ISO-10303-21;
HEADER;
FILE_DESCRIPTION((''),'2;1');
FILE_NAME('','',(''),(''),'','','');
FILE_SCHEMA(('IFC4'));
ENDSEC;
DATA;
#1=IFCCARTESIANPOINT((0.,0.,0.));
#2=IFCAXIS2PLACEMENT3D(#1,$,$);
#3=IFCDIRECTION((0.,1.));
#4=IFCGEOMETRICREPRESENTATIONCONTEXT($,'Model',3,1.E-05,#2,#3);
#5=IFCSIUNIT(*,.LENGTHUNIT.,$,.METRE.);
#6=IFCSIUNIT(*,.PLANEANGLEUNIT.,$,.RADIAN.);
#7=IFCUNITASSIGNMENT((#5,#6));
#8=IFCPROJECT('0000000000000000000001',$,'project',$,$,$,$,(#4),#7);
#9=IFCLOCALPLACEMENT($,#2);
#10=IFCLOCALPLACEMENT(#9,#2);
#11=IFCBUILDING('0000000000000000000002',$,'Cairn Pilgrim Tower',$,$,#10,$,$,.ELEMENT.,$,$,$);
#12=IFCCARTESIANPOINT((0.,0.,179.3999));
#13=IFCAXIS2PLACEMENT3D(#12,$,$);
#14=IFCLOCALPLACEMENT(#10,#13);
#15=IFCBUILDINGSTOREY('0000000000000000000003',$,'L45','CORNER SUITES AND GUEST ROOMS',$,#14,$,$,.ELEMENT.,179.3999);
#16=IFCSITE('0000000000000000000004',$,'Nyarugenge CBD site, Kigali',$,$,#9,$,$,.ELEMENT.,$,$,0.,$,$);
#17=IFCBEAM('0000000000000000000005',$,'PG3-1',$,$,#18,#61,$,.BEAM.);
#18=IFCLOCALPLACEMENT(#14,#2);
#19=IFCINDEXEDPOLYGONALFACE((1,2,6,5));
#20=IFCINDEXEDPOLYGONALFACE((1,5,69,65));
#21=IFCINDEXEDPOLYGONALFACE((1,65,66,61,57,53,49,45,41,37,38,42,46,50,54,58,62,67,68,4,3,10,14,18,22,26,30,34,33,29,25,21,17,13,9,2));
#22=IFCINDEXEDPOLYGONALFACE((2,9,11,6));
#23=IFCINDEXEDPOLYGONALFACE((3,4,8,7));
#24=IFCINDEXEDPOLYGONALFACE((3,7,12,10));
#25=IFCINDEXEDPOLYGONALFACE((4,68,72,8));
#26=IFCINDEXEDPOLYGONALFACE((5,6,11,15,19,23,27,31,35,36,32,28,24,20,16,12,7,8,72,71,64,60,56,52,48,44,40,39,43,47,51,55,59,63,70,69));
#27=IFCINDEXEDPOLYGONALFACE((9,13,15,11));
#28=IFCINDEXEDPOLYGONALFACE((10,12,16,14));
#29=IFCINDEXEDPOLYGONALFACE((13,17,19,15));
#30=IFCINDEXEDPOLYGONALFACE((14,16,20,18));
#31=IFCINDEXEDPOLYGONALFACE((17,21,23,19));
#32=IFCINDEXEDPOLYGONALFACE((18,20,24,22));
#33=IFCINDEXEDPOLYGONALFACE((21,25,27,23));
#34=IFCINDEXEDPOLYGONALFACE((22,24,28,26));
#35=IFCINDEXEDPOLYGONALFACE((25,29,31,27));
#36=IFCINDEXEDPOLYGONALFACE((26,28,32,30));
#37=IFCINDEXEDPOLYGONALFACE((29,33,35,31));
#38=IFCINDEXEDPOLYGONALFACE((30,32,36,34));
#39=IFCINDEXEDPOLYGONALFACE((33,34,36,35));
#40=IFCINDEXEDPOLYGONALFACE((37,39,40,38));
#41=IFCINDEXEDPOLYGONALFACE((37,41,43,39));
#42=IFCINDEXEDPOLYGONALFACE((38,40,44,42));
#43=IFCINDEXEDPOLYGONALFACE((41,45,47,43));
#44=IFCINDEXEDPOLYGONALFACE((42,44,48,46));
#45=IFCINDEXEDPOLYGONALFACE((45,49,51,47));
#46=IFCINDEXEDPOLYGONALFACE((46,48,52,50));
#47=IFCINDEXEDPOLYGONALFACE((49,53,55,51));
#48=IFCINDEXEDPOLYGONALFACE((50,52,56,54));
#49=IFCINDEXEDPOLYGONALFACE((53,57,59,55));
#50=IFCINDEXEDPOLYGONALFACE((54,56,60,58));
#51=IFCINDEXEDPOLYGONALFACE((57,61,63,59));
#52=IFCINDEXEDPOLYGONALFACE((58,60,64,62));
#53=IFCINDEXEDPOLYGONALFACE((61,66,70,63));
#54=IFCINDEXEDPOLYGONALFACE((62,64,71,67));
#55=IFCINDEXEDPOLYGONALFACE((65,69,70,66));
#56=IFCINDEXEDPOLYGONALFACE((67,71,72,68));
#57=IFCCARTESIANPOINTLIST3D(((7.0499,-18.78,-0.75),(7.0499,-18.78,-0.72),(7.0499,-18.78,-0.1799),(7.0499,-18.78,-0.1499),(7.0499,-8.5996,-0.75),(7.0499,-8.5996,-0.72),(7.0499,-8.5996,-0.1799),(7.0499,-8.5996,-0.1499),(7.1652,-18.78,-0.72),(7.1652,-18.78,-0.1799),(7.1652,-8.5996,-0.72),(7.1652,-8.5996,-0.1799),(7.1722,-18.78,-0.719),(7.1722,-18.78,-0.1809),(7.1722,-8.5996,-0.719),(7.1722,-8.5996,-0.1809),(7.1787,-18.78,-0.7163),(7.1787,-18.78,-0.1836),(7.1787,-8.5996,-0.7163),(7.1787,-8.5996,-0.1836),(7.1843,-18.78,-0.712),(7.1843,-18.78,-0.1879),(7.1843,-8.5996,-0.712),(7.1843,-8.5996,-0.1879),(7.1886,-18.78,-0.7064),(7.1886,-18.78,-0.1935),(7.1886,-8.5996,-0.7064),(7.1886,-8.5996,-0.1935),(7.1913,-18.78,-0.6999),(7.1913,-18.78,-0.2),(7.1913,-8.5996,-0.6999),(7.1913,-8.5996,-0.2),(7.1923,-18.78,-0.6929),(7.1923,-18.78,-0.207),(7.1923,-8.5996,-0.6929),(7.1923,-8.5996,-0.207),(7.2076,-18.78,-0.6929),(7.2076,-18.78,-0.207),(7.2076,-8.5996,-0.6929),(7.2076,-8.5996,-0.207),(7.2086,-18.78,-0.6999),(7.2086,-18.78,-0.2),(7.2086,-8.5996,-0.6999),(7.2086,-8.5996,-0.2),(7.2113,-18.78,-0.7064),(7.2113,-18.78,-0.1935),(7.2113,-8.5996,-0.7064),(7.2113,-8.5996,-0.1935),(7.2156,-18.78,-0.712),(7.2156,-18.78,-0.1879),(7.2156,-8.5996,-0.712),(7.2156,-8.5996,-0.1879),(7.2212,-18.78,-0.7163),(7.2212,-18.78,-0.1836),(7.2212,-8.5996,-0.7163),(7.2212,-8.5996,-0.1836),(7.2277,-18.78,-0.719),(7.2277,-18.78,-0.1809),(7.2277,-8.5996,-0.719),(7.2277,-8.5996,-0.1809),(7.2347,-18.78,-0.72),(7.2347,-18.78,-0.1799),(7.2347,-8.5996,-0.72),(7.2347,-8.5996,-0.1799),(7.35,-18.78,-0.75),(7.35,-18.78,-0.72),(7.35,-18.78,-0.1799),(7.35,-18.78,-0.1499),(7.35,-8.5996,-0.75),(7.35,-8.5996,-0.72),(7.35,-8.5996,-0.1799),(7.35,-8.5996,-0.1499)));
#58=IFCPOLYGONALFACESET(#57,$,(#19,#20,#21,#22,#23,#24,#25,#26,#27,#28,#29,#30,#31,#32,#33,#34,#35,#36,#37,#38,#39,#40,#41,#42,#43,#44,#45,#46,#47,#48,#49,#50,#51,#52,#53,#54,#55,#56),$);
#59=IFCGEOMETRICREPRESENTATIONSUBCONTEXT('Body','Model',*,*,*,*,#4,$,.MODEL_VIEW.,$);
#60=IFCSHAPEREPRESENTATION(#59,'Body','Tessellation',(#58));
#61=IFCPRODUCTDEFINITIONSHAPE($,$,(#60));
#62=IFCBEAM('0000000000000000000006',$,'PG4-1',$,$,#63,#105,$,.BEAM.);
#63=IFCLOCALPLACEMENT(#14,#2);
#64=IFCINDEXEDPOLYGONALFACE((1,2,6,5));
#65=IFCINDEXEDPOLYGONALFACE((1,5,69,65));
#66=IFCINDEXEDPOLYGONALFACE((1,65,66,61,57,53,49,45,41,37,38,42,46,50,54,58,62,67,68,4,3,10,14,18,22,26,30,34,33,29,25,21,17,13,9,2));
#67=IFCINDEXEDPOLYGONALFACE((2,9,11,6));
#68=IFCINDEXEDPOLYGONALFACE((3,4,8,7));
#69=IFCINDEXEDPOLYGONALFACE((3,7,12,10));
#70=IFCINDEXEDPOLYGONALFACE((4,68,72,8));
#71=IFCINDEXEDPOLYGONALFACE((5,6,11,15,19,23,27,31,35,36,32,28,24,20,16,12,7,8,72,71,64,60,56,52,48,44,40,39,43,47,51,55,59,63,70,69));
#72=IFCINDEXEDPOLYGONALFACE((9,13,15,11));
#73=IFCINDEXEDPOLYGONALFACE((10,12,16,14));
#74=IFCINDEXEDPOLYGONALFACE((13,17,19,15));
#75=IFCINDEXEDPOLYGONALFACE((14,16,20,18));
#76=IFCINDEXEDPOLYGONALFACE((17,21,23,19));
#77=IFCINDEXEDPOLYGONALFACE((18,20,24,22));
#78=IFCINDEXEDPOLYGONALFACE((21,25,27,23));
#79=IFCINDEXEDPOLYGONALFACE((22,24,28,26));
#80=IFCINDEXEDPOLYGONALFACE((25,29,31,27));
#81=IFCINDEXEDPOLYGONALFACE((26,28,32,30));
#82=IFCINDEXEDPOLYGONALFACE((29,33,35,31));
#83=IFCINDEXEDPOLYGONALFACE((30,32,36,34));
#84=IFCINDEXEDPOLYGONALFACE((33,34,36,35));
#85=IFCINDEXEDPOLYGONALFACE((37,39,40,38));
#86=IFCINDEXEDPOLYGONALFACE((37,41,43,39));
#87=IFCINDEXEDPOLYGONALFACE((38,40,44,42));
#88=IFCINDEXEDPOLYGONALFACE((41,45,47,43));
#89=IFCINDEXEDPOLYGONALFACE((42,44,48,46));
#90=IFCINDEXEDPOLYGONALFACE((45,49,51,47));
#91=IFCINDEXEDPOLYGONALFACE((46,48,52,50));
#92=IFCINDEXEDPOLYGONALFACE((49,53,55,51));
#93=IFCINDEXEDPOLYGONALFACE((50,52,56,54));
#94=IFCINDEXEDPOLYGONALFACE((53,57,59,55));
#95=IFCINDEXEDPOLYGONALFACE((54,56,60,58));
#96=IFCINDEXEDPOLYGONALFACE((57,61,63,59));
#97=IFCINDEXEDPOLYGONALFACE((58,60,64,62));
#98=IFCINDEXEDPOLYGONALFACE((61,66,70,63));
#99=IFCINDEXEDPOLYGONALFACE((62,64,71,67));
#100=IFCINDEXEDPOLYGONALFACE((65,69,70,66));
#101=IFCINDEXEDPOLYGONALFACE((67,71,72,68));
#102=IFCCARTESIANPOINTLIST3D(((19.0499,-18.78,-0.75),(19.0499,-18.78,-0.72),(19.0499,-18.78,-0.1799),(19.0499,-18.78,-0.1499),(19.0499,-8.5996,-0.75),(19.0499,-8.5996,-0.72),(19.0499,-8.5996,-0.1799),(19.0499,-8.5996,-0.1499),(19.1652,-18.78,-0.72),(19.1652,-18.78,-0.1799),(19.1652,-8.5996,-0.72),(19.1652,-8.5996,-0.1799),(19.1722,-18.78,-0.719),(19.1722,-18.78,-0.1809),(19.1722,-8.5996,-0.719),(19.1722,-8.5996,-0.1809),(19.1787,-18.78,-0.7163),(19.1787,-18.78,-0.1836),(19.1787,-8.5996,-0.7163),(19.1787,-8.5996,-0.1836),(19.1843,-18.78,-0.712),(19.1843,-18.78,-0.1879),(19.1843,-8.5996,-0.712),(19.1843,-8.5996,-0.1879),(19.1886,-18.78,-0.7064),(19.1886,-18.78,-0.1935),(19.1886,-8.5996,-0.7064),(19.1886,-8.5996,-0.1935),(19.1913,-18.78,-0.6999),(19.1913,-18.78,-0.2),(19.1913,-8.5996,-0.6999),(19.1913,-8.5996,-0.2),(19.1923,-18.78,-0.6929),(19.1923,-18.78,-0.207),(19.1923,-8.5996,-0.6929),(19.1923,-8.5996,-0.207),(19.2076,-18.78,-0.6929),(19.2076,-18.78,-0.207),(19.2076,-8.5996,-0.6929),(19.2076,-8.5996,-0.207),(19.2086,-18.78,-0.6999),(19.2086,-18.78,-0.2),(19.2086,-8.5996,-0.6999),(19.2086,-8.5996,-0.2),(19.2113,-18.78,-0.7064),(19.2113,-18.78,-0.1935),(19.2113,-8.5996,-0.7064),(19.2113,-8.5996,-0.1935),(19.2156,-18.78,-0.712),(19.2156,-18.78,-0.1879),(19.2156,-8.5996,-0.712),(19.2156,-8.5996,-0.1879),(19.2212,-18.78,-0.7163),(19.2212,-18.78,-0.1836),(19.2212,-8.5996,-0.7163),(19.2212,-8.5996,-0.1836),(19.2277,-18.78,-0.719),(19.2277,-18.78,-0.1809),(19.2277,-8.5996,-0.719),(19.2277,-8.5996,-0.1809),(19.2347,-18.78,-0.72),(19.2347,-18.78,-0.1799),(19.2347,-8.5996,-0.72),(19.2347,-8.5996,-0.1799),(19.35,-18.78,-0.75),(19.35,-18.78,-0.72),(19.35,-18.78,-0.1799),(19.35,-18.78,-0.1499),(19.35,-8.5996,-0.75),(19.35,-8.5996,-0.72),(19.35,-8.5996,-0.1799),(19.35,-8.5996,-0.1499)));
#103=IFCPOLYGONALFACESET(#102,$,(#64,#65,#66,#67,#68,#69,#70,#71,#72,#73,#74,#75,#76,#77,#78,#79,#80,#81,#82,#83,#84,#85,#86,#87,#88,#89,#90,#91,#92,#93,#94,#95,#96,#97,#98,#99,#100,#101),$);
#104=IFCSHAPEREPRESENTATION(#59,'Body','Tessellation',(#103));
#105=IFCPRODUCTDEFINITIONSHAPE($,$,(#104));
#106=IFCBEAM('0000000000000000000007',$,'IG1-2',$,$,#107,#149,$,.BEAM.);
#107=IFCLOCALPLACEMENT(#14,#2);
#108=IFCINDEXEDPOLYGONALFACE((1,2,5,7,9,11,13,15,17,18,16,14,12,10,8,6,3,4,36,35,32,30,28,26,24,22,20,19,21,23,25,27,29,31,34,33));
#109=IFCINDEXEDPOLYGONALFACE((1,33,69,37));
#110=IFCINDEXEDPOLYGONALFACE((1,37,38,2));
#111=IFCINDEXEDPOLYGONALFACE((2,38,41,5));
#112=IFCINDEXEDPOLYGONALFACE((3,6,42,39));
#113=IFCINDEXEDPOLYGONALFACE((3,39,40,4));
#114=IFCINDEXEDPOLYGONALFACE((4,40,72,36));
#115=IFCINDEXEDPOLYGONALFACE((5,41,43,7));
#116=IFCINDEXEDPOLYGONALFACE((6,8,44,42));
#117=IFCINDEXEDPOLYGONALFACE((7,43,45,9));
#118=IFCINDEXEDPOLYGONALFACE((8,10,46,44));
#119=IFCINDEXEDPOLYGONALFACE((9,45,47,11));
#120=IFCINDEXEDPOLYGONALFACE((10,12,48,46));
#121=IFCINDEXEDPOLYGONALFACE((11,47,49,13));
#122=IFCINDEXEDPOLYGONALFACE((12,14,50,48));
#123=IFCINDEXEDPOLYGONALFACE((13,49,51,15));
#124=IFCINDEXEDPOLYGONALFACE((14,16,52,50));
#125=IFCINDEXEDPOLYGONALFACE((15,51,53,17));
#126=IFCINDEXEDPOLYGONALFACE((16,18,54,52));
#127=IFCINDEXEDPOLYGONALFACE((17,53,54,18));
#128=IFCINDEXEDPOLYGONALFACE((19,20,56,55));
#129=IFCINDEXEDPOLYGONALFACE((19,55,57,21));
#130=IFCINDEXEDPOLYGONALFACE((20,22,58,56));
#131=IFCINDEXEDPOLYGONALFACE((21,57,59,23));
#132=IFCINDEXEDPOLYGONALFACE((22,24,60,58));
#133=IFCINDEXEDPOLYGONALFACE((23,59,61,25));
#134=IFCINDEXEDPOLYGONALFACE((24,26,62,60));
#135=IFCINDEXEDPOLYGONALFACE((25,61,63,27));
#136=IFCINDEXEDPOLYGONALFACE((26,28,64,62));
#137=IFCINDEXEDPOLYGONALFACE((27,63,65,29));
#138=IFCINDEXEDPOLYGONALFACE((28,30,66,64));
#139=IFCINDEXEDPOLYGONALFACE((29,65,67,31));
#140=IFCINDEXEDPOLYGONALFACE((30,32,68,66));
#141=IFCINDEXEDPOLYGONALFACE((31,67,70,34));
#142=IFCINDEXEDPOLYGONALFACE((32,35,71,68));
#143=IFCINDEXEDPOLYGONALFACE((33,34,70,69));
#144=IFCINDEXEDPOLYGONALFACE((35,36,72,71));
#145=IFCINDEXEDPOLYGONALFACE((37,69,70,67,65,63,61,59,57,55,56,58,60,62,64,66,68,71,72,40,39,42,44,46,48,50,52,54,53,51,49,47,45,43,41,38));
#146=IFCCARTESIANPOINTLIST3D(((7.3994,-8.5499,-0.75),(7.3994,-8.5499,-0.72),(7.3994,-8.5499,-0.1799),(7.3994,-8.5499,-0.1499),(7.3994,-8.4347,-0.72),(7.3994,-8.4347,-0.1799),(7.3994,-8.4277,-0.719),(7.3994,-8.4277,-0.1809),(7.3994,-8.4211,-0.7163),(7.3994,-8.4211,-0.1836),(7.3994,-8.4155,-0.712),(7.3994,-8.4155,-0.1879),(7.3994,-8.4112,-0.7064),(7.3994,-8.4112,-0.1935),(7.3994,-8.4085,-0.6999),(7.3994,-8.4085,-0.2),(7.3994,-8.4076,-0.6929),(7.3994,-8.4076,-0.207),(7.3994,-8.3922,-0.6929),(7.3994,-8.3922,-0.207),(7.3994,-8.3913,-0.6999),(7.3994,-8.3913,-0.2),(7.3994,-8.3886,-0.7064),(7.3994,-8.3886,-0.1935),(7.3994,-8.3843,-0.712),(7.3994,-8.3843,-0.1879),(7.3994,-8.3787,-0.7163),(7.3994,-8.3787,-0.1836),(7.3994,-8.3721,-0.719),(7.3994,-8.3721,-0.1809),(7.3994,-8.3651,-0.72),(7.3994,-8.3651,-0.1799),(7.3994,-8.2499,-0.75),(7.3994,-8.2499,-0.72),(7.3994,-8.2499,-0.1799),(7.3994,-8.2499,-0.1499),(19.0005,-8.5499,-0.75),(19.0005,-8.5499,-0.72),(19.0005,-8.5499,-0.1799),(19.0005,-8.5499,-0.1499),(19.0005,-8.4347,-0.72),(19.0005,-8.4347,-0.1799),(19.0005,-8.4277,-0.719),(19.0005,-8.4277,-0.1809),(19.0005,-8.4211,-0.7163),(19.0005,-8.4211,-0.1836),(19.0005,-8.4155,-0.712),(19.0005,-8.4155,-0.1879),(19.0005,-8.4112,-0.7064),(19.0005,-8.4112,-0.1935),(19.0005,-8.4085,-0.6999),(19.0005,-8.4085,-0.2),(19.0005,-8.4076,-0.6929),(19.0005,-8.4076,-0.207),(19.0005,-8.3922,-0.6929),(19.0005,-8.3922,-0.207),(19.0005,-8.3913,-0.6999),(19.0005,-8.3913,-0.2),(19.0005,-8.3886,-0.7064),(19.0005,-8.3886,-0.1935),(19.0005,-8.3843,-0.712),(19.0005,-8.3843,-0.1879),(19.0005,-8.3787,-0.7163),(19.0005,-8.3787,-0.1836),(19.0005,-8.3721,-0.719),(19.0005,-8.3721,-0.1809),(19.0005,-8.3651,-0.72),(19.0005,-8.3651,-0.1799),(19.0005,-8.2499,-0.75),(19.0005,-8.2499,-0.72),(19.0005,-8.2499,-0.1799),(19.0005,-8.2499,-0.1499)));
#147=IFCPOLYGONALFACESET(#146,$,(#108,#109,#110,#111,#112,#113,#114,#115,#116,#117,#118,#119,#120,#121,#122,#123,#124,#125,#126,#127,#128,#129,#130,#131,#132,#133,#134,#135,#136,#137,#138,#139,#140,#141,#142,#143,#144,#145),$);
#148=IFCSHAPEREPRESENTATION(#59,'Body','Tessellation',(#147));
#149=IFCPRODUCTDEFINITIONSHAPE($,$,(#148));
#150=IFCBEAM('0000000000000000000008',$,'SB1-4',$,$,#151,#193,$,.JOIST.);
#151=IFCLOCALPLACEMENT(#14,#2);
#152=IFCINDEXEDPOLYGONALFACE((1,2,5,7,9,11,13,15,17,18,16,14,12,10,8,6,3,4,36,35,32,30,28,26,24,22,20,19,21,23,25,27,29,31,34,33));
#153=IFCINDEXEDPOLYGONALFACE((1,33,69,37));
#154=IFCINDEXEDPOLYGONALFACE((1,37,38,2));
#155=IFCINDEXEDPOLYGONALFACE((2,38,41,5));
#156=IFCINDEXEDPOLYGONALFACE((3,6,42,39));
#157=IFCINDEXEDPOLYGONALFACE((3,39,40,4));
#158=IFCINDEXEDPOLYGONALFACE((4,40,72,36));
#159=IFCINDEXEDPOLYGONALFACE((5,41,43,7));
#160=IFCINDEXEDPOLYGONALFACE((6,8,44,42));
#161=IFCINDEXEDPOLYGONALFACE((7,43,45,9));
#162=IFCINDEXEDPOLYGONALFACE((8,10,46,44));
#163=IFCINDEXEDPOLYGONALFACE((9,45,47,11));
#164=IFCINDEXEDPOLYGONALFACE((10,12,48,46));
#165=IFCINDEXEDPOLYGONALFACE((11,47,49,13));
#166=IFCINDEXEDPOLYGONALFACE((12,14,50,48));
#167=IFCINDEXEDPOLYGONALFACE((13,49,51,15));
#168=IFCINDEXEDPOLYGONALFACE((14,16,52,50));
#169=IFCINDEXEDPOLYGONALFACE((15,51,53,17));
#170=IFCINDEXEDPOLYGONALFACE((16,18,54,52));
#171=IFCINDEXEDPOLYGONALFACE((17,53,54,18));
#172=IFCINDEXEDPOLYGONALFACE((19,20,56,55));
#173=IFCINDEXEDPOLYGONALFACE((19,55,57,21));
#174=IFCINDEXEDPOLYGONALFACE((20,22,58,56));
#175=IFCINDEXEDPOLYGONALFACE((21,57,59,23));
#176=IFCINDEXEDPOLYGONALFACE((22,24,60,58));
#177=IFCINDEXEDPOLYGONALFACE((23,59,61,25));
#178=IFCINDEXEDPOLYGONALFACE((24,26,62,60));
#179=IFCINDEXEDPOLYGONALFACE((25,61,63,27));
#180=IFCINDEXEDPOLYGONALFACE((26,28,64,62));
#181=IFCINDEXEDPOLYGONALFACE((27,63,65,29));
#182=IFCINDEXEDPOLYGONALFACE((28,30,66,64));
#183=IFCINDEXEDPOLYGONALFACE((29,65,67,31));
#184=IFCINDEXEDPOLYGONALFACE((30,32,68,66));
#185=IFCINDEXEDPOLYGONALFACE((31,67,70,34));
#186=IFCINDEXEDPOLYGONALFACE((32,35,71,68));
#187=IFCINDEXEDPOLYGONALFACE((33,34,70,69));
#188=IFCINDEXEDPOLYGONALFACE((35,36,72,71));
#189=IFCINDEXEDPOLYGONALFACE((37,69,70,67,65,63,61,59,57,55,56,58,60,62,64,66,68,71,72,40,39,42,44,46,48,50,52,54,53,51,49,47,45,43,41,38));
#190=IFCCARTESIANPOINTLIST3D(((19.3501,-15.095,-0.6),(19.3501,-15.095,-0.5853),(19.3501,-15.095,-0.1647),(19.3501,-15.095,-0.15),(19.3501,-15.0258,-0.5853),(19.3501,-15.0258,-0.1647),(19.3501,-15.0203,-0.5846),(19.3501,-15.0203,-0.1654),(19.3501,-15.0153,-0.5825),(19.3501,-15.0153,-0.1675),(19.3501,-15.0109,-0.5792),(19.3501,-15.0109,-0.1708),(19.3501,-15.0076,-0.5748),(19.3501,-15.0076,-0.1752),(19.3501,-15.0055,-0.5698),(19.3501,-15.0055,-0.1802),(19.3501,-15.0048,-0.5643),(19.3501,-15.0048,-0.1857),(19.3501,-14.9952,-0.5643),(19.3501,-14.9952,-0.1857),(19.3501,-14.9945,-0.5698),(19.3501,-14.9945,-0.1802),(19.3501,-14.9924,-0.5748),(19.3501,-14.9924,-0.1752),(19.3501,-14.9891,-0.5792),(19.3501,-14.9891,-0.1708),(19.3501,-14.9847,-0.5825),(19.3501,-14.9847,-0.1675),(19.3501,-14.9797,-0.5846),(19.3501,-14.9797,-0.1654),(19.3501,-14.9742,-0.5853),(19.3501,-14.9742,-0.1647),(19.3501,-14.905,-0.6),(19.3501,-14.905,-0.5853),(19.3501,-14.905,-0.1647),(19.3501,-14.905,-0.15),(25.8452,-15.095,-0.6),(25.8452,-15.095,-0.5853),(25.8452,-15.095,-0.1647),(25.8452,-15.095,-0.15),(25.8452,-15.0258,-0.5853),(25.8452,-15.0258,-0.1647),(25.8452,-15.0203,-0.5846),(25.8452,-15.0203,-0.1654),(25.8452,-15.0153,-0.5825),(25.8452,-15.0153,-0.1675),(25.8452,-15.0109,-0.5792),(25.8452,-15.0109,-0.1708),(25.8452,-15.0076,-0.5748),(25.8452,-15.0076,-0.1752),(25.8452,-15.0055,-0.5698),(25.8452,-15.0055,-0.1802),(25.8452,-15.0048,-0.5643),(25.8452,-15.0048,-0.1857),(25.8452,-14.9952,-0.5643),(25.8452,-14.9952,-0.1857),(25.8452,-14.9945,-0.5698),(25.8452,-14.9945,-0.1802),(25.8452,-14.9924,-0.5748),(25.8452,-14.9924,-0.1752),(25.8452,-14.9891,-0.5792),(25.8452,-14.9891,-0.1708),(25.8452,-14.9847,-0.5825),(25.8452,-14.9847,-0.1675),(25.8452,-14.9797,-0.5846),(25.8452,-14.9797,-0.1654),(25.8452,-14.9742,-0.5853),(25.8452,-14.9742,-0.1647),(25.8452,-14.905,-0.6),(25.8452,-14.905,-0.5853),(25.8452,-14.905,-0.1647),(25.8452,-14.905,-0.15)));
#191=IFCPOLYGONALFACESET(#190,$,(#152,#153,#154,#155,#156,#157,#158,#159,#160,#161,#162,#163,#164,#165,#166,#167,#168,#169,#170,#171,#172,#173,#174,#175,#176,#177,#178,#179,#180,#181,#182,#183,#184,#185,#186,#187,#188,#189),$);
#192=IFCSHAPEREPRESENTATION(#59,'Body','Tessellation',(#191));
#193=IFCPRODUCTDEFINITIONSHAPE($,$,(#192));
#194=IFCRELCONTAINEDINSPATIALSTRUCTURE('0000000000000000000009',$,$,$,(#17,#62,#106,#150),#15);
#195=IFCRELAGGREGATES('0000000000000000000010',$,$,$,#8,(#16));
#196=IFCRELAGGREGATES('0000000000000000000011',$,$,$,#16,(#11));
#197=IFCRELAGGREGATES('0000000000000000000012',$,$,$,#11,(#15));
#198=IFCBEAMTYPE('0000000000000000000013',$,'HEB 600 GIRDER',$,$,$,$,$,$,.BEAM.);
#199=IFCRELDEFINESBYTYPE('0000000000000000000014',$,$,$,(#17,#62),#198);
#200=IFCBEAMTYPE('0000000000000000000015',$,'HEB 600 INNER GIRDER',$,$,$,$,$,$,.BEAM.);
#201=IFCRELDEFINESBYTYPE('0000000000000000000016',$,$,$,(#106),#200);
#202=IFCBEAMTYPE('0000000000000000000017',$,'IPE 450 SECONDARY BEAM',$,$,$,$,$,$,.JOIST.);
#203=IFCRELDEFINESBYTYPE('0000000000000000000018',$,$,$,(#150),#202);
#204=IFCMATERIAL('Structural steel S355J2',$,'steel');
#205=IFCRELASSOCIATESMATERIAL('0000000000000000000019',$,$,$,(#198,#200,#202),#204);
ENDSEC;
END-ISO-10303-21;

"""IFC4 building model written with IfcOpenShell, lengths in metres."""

from ifc_helpers import new_model, si_unit, direction, frame, origin, origin_2d, place, context, subcontext, project, spatial, i_section, extrude, material, material_profile, profile_set, type_object, element, save


model = new_model("IFC4")

# Units and contexts
model_context = context("Model", 3, precision=1e-05, world=origin(), true_north=direction((0.0, 1.0)))
body_context = subcontext(model_context, "Body", "Model", "MODEL_VIEW")
ifc_project = project(units=[si_unit("LENGTHUNIT", "METRE"), si_unit("PLANEANGLEUNIT", "RADIAN")], contexts=[model_context])

# Site, building, storey
site_placement = place(None, origin())
site = spatial("IfcSite", under=ifc_project, at=site_placement, Name="Nyarugenge CBD site, Kigali", CompositionType="ELEMENT", RefElevation=0.0)
building_placement = place(site_placement, origin())
building = spatial("IfcBuilding", under=site, at=building_placement, Name="Cairn Pilgrim Tower", CompositionType="ELEMENT")
storey_placement = place(building_placement, frame((0.0, 0.0, 179.3999)))
storey = spatial("IfcBuildingStorey", under=building, at=storey_placement, Name="L45", Description="CORNER SUITES AND GUEST ROOMS", CompositionType="ELEMENT", Elevation=179.3999)

# Shared definitions
ifc_material_1 = material(Name="Structural steel S355J2", Category="steel")

# Beams
ifc_material_profile_1 = material_profile(ifc_material_1, i_section(OverallWidth=0.3, OverallDepth=0.6001, WebThickness=0.0154, FlangeThickness=0.03, FilletRadius=0.0271, at=origin_2d()), Name="HEB 600")
ifc_profile_set_1 = profile_set([ifc_material_profile_1], Name="Structural steel S355J2")
beam_type_1 = type_object("IfcBeamType", Name="HEB 600 GIRDER", PredefinedType="BEAM", material=ifc_profile_set_1)
for number, where, z_axis, x_axis, name in (
    (1, (7.2, -18.78, -0.45), (0.0, 1.0, 0.0), (-1.0, 0.0, 0.0), "PG3-1"),
    (2, (19.2, -18.78, -0.45), (0.0, 1.0, 0.0), (-1.0, 0.0, 0.0), "PG4-1"),
):
    element("IfcBeam", number, at=place(storey_placement, frame(where, z_axis=z_axis, x_axis=x_axis)), inside=storey, type_object=beam_type_1, Name=name, PredefinedType="BEAM", context=body_context, shape_type="SweptSolid", body=[
        extrude(i_section(OverallWidth=0.3, OverallDepth=0.6001, WebThickness=0.0154, FlangeThickness=0.03, FilletRadius=0.0271, at=origin_2d()), origin(), (0.0, 0.0, 1.0), 10.1804),
    ])
ifc_material_profile_2 = material_profile(ifc_material_1, i_section(OverallWidth=0.3, OverallDepth=0.6001, WebThickness=0.0154, FlangeThickness=0.03, FilletRadius=0.0271, at=origin_2d()), Name="HEB 600")
ifc_profile_set_2 = profile_set([ifc_material_profile_2], Name="Structural steel S355J2")
beam_type_2 = type_object("IfcBeamType", Name="HEB 600 INNER GIRDER", PredefinedType="BEAM", material=ifc_profile_set_2)
beam_1_placement = place(storey_placement, frame((7.3994, -8.3999, -0.45), z_axis=(1.0, 0.0, 0.0), x_axis=(0.0, 1.0, 0.0)))
element("IfcBeam", 3, at=beam_1_placement, inside=storey, type_object=beam_type_2, Name="IG1-2", PredefinedType="BEAM", context=body_context, shape_type="SweptSolid", body=[
    extrude(i_section(OverallWidth=0.3, OverallDepth=0.6001, WebThickness=0.0154, FlangeThickness=0.03, FilletRadius=0.0271, at=origin_2d()), origin(), (0.0, 0.0, 1.0), 11.6011),
])
ifc_material_profile_3 = material_profile(ifc_material_1, i_section(OverallWidth=0.1899, OverallDepth=0.45, WebThickness=0.0095, FlangeThickness=0.0146, FilletRadius=0.021, at=origin_2d()), Name="IPE 450")
ifc_profile_set_3 = profile_set([ifc_material_profile_3], Name="Structural steel S355J2")
beam_type_3 = type_object("IfcBeamType", Name="IPE 450 SECONDARY BEAM", PredefinedType="JOIST", material=ifc_profile_set_3)
beam_2_placement = place(storey_placement, frame((19.3501, -15.0, -0.375), z_axis=(1.0, 0.0, 0.0), x_axis=(0.0, 1.0, 0.0)))
element("IfcBeam", 4, at=beam_2_placement, inside=storey, type_object=beam_type_3, Name="SB1-4", PredefinedType="JOIST", context=body_context, shape_type="SweptSolid", body=[
    extrude(i_section(OverallWidth=0.1899, OverallDepth=0.45, WebThickness=0.0095, FlangeThickness=0.0146, FilletRadius=0.021, at=origin_2d()), origin(), (0.0, 0.0, 1.0), 6.4951),
])

save(model, "model.ifc")
